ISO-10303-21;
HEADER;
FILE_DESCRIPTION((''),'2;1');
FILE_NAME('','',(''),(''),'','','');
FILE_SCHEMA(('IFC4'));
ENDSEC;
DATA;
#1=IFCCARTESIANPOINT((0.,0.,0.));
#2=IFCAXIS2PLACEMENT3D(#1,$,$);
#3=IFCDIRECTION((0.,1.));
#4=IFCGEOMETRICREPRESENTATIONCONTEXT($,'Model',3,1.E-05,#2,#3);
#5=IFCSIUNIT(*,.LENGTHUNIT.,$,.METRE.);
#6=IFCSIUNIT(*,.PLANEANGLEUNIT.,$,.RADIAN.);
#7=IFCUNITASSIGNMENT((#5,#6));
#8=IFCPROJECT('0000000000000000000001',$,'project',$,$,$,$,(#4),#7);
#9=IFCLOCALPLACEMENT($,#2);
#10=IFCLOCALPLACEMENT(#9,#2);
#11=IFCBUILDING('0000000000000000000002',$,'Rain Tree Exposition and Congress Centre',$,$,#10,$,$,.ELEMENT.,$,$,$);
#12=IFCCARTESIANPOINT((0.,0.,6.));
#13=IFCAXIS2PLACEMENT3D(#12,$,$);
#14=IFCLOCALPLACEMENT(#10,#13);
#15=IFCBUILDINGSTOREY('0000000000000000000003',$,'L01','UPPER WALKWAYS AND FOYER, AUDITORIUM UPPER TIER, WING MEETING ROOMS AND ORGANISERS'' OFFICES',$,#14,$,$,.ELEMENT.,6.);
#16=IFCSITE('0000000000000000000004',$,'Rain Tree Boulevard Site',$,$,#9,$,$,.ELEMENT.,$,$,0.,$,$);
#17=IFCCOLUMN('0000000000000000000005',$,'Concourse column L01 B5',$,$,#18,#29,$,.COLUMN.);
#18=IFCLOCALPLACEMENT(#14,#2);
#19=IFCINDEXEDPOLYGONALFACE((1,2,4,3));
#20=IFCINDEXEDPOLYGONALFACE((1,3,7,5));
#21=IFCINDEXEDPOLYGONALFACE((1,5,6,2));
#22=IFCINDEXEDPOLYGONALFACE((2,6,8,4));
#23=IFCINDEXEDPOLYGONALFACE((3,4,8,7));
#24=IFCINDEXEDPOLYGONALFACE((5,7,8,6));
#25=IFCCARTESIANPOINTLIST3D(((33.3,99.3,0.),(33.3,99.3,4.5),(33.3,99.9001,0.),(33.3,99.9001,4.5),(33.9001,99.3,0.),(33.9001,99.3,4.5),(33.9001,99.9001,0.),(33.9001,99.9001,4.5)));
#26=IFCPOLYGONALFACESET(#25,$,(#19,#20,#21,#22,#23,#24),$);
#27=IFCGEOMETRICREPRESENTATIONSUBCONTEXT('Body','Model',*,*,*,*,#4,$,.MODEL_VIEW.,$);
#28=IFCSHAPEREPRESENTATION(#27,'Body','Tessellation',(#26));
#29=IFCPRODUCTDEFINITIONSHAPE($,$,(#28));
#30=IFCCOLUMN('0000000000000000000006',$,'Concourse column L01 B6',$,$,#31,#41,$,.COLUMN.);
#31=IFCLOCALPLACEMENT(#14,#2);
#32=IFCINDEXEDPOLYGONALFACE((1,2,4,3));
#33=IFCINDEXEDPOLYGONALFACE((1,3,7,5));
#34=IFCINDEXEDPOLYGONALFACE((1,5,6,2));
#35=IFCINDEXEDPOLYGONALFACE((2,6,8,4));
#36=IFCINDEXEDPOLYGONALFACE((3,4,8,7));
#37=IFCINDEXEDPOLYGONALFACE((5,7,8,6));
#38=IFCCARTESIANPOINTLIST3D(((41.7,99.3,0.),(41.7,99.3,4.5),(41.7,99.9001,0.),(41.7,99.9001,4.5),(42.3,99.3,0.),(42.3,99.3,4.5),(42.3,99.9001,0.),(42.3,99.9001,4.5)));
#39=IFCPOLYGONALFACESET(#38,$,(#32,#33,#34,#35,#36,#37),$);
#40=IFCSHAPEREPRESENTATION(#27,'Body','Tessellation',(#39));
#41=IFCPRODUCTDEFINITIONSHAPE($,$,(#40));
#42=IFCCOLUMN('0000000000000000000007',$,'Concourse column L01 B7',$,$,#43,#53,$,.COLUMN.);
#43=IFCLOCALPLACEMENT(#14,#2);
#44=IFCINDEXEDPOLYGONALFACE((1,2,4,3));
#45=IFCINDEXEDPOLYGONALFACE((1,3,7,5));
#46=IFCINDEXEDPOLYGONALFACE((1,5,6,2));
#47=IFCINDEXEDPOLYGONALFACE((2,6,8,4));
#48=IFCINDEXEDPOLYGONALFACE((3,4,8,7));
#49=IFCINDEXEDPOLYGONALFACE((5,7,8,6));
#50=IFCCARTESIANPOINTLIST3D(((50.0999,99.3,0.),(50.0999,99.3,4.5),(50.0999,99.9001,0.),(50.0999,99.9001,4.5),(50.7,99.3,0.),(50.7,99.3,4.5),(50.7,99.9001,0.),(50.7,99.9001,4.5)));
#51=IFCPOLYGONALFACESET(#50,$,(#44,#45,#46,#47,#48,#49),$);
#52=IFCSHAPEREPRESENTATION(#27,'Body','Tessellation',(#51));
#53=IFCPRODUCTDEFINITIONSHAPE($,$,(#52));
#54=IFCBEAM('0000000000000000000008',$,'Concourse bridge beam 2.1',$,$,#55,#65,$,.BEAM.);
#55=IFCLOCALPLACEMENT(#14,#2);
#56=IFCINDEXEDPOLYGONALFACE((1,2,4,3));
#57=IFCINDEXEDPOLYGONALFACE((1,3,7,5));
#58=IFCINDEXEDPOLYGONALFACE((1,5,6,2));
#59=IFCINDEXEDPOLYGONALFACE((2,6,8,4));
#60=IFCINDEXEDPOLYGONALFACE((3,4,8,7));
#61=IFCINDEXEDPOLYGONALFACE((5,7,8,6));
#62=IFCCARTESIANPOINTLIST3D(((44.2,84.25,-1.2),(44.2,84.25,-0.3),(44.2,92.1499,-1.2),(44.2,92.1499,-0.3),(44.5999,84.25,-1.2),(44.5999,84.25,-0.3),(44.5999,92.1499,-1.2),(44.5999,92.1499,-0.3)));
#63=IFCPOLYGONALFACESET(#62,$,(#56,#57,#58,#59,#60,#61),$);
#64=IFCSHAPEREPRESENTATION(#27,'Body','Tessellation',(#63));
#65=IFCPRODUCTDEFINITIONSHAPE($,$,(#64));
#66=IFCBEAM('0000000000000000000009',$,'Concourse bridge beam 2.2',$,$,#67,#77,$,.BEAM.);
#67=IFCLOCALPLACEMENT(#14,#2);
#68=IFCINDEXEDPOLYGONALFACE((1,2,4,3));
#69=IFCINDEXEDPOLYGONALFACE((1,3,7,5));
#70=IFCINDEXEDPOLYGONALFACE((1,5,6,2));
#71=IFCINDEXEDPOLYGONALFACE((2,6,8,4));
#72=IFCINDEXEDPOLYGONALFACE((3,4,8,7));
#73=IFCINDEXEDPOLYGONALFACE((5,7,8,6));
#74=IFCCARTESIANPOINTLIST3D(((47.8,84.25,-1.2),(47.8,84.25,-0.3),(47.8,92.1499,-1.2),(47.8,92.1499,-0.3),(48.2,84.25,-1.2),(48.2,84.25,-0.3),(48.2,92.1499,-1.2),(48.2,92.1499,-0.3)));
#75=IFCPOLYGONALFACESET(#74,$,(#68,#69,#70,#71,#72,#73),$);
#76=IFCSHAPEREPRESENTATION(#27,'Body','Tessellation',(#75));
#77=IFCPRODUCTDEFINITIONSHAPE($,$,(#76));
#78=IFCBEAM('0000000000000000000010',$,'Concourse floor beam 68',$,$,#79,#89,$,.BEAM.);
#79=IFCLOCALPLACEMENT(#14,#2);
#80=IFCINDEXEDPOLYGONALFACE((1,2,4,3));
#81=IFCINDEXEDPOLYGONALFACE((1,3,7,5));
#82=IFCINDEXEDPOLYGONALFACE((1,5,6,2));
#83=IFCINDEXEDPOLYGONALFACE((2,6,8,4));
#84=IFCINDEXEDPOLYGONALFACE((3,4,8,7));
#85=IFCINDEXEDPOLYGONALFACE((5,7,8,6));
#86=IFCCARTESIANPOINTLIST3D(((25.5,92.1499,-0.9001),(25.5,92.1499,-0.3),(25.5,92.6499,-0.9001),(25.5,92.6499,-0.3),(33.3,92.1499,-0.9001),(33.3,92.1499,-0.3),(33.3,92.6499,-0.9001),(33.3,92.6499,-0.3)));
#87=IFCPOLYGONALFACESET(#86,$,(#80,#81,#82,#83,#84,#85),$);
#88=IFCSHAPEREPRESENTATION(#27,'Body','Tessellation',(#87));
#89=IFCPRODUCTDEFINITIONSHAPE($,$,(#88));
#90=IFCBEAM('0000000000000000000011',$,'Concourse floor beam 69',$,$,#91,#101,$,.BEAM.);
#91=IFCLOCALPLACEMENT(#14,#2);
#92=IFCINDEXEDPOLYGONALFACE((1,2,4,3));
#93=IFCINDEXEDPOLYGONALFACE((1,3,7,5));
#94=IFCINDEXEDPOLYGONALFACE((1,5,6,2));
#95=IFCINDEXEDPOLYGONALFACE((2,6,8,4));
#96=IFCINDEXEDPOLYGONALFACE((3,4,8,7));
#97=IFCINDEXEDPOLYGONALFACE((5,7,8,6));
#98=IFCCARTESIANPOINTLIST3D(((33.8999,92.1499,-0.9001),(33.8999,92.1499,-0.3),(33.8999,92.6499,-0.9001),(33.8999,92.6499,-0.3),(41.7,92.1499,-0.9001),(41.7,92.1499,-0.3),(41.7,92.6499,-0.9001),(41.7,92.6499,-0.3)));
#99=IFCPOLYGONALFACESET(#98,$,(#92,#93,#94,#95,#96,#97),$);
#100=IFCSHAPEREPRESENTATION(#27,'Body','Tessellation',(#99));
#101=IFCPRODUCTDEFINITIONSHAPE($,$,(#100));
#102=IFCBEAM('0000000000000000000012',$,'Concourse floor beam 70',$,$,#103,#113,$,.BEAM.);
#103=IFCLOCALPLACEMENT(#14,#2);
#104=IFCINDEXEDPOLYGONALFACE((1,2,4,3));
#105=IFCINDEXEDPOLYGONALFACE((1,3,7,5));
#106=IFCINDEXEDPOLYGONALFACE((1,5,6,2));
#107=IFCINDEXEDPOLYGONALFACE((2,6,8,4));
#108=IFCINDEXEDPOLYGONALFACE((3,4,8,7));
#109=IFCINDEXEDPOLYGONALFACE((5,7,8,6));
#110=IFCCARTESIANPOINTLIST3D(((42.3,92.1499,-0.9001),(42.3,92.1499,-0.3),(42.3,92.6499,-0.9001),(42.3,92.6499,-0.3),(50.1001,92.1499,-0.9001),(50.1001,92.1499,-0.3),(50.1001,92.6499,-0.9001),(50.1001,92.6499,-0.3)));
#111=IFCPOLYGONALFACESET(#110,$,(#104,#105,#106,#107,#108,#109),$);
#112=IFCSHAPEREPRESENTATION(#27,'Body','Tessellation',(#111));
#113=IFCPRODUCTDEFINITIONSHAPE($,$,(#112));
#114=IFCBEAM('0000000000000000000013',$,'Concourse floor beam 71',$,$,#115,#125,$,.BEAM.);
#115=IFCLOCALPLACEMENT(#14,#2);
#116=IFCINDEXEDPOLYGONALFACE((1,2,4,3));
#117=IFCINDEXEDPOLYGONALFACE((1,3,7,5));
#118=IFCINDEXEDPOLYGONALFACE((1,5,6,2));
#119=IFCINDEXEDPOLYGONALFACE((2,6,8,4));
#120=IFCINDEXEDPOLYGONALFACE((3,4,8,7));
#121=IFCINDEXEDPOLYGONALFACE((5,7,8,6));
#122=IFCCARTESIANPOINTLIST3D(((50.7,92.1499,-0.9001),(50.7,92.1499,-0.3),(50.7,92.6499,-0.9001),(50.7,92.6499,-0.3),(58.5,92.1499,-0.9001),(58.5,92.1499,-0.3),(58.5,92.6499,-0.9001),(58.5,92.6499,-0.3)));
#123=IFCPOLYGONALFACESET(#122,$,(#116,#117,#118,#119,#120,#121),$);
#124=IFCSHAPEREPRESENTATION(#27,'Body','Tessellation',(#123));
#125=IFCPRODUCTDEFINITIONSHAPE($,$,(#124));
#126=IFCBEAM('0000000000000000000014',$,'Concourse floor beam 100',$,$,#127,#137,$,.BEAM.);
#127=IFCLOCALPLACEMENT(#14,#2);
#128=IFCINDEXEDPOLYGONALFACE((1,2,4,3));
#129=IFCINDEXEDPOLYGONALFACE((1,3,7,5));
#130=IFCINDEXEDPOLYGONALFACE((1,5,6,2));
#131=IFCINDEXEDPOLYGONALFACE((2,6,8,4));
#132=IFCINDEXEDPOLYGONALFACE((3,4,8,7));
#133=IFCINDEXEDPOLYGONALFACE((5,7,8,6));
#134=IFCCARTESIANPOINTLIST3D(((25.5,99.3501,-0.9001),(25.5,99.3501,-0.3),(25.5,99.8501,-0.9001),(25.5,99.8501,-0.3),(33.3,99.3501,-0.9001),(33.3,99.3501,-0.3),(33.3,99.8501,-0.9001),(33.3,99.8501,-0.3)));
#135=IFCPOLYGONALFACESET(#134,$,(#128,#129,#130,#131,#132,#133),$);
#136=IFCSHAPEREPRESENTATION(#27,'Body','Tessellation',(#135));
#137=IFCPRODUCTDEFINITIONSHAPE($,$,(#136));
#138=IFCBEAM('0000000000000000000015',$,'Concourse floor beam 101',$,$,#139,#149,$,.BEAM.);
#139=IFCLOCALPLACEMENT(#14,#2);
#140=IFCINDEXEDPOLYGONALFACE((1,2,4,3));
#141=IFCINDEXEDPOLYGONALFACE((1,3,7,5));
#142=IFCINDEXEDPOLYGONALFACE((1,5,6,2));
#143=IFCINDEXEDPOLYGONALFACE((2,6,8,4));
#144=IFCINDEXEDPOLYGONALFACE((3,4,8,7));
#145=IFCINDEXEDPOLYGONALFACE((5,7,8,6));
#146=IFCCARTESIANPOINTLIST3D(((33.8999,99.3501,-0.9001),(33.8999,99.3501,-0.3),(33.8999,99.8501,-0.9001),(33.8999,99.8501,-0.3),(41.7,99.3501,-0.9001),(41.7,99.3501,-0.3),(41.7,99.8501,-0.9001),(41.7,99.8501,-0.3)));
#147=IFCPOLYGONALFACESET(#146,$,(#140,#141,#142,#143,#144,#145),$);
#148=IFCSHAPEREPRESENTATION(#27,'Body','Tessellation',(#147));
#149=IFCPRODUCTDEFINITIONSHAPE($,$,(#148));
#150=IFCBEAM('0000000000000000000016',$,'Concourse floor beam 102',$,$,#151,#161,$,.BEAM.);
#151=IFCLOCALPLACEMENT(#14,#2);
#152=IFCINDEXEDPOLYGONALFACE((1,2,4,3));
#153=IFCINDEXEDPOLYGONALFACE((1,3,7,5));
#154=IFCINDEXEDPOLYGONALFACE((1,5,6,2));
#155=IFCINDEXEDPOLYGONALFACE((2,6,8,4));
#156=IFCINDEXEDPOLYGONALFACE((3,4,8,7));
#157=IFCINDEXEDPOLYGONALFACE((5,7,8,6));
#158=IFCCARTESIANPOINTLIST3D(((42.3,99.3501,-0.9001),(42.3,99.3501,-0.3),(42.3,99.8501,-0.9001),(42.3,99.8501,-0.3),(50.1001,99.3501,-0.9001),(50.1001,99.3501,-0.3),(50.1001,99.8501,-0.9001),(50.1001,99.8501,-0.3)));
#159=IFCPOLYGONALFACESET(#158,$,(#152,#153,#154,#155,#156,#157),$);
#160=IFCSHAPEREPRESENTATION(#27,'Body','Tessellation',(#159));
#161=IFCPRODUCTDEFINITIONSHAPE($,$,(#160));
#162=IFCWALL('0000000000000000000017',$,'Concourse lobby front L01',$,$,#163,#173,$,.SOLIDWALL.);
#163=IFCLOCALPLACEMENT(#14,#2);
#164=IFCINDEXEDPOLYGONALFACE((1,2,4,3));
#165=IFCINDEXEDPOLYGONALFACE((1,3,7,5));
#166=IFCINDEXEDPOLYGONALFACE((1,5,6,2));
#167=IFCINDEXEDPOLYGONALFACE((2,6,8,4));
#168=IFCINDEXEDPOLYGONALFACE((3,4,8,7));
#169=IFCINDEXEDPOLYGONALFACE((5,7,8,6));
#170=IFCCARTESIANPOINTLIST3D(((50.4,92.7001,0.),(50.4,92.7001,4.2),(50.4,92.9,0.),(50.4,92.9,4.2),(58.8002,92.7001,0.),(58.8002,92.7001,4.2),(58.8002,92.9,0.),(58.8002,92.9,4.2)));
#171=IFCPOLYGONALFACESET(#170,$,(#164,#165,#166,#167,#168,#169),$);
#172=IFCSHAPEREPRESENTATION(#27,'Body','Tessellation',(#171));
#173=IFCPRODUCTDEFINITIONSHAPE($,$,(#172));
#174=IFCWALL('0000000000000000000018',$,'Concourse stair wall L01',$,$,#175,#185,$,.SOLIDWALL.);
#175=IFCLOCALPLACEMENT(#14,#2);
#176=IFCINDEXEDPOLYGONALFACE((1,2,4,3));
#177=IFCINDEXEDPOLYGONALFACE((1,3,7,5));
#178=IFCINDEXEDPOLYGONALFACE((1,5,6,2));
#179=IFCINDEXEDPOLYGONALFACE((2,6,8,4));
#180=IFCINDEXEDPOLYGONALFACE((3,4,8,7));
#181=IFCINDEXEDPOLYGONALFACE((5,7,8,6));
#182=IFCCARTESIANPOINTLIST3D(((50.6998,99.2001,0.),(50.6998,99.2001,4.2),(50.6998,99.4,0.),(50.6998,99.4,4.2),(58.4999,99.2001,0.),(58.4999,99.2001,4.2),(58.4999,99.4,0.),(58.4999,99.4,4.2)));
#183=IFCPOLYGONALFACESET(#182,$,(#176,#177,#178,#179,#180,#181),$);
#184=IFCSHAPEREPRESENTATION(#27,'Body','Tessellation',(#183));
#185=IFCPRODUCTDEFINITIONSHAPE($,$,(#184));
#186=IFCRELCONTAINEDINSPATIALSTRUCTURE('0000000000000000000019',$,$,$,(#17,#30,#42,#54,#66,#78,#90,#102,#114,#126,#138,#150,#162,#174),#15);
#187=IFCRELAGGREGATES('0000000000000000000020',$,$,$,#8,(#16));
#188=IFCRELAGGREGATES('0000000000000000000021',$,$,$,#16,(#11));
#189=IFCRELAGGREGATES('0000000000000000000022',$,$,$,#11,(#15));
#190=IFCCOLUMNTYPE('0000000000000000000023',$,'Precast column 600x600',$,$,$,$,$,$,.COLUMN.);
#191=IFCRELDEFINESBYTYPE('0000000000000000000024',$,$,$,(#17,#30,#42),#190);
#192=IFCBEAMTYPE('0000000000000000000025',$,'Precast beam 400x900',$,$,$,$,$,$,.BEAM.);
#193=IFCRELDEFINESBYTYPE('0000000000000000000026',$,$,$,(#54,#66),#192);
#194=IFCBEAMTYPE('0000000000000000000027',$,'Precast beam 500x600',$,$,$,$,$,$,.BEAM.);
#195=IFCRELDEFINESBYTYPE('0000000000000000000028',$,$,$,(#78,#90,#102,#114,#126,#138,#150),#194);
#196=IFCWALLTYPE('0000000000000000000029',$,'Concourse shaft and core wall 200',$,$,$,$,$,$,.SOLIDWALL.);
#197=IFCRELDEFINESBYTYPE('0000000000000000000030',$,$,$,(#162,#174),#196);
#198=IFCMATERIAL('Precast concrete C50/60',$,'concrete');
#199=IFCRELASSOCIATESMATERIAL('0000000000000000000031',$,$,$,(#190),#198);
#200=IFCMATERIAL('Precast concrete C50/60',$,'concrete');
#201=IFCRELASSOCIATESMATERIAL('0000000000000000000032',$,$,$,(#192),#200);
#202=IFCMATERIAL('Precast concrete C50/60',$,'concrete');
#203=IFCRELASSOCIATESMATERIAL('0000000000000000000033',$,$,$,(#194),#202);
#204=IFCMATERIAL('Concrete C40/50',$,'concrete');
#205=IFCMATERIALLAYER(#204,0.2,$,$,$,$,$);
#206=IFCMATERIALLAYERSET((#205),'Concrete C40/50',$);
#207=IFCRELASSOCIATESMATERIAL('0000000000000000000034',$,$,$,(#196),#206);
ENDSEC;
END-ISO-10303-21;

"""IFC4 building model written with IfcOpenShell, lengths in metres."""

from ifc_helpers import new_model, si_unit, direction, frame, frame_2d, origin, origin_2d, place, context, subcontext, project, spatial, rectangle, extrude, material, layer, layer_set, material_profile, profile_set, type_object, element, save


model = new_model("IFC4")

# Units and contexts
model_context = context("Model", 3, precision=1e-05, world=origin(), true_north=direction((0.0, 1.0)))
body_context = subcontext(model_context, "Body", "Model", "MODEL_VIEW")
ifc_project = project(units=[si_unit("LENGTHUNIT", "METRE"), si_unit("PLANEANGLEUNIT", "RADIAN")], contexts=[model_context])

# Site, building, storey
site_placement = place(None, origin())
site = spatial("IfcSite", under=ifc_project, at=site_placement, Name="Rain Tree Boulevard Site", CompositionType="ELEMENT", RefElevation=0.0)
building_placement = place(site_placement, origin())
building = spatial("IfcBuilding", under=site, at=building_placement, Name="Rain Tree Exposition and Congress Centre", CompositionType="ELEMENT")
storey_placement = place(building_placement, frame((0.0, 0.0, 6.0)))
storey = spatial("IfcBuildingStorey", under=building, at=storey_placement, Name="L01", Description="UPPER WALKWAYS AND FOYER, AUDITORIUM UPPER TIER, WING MEETING ROOMS AND ORGANISERS' OFFICES", CompositionType="ELEMENT", Elevation=6.0)

# Columns
ifc_material_1 = material(Name="Precast concrete C50/60", Category="concrete")
ifc_material_profile_1 = material_profile(ifc_material_1, rectangle(XDim=0.6001, YDim=0.6001, at=origin_2d()), Name="RC 600x600")
ifc_profile_set_1 = profile_set([ifc_material_profile_1], Name="Precast concrete C50/60")
column_type = type_object("IfcColumnType", Name="Precast column 600x600", PredefinedType="COLUMN", material=ifc_profile_set_1)
for number, where, z_axis, x_axis, name in (
    (1, (33.6001, 99.6001, 0.0), (0.0, 0.0, 1.0), (1.0, 0.0, 0.0), "Concourse column L01 B5"),
    (2, (42.0, 99.6001, 0.0), (0.0, 0.0, 1.0), (1.0, 0.0, 0.0), "Concourse column L01 B6"),
    (3, (50.3999, 99.6001, 0.0), (0.0, 0.0, 1.0), (1.0, 0.0, 0.0), "Concourse column L01 B7"),
):
    element("IfcColumn", number, at=place(storey_placement, frame(where, z_axis=z_axis, x_axis=x_axis)), inside=storey, type_object=column_type, Name=name, PredefinedType="COLUMN", context=body_context, shape_type="SweptSolid", body=[
        extrude(rectangle(XDim=0.6001, YDim=0.6001, at=origin_2d()), origin(), (0.0, 0.0, 1.0), 4.5),
    ])

# Beams
ifc_material_2 = material(Name="Precast concrete C50/60", Category="concrete")
ifc_material_profile_2 = material_profile(ifc_material_2, rectangle(XDim=0.3999, YDim=0.8999, at=origin_2d()), Name="RC 400x900")
ifc_profile_set_2 = profile_set([ifc_material_profile_2], Name="Precast concrete C50/60")
beam_type_1 = type_object("IfcBeamType", Name="Precast beam 400x900", PredefinedType="BEAM", material=ifc_profile_set_2)
for number, where, z_axis, x_axis, name in (
    (4, (44.3999, 84.25, -0.75), (0.0, 1.0, 0.0), (-1.0, 0.0, 0.0), "Concourse bridge beam 2.1"),
    (5, (48.0, 84.25, -0.75), (0.0, 1.0, 0.0), (-1.0, 0.0, 0.0), "Concourse bridge beam 2.2"),
):
    element("IfcBeam", number, at=place(storey_placement, frame(where, z_axis=z_axis, x_axis=x_axis)), inside=storey, type_object=beam_type_1, Name=name, PredefinedType="BEAM", context=body_context, shape_type="SweptSolid", body=[
        extrude(rectangle(XDim=0.3999, YDim=0.8999, at=origin_2d()), origin(), (0.0, 0.0, 1.0), 7.8999),
    ])
ifc_material_3 = material(Name="Precast concrete C50/60", Category="concrete")
ifc_material_profile_3 = material_profile(ifc_material_3, rectangle(XDim=0.5, YDim=0.6001, at=origin_2d()), Name="RC 500x600")
ifc_profile_set_3 = profile_set([ifc_material_profile_3], Name="Precast concrete C50/60")
beam_type_2 = type_object("IfcBeamType", Name="Precast beam 500x600", PredefinedType="BEAM", material=ifc_profile_set_3)
for number, where, z_axis, x_axis, name in (
    (6, (25.5, 92.3999, -0.6001), (1.0, 0.0, 0.0), (0.0, 1.0, 0.0), "Concourse floor beam 68"),
    (7, (33.8999, 92.3999, -0.6001), (1.0, 0.0, 0.0), (0.0, 1.0, 0.0), "Concourse floor beam 69"),
    (8, (42.3, 92.3999, -0.6001), (1.0, 0.0, 0.0), (0.0, 1.0, 0.0), "Concourse floor beam 70"),
    (9, (50.7, 92.3999, -0.6001), (1.0, 0.0, 0.0), (0.0, 1.0, 0.0), "Concourse floor beam 71"),
    (10, (25.5, 99.6001, -0.6001), (1.0, 0.0, 0.0), (0.0, 1.0, 0.0), "Concourse floor beam 100"),
    (11, (33.8999, 99.6001, -0.6001), (1.0, 0.0, 0.0), (0.0, 1.0, 0.0), "Concourse floor beam 101"),
    (12, (42.3, 99.6001, -0.6001), (1.0, 0.0, 0.0), (0.0, 1.0, 0.0), "Concourse floor beam 102"),
):
    element("IfcBeam", number, at=place(storey_placement, frame(where, z_axis=z_axis, x_axis=x_axis)), inside=storey, type_object=beam_type_2, Name=name, PredefinedType="BEAM", context=body_context, shape_type="SweptSolid", body=[
        extrude(rectangle(XDim=0.5, YDim=0.6001, at=origin_2d()), origin(), (0.0, 0.0, 1.0), 7.8),
    ])

# Walls
ifc_material_4 = material(Name="Concrete C40/50", Category="concrete")
ifc_layer = layer(ifc_material_4, 0.2)
ifc_layer_set = layer_set([ifc_layer], Name="Concrete C40/50")
wall_type = type_object("IfcWallType", Name="Concourse shaft and core wall 200", PredefinedType="SOLIDWALL", material=ifc_layer_set)
wall_1_placement = place(storey_placement, frame((50.3999, 92.8, 0.0), z_axis=(0.0, 0.0, 1.0), x_axis=(1.0, 0.0, 0.0)))
element("IfcWall", 13, at=wall_1_placement, inside=storey, type_object=wall_type, Name="Concourse lobby front L01", PredefinedType="SOLIDWALL", context=body_context, shape_type="SweptSolid", body=[
    extrude(rectangle(XDim=8.4001, YDim=0.2, at=frame_2d((4.2002, 0.0))), origin(), (0.0, 0.0, 1.0), 4.2),
])
wall_2_placement = place(storey_placement, frame((50.7, 99.3, 0.0), z_axis=(0.0, 0.0, 1.0), x_axis=(1.0, 0.0, 0.0)))
element("IfcWall", 14, at=wall_2_placement, inside=storey, type_object=wall_type, Name="Concourse stair wall L01", PredefinedType="SOLIDWALL", context=body_context, shape_type="SweptSolid", body=[
    extrude(rectangle(XDim=7.8, YDim=0.2, at=frame_2d((3.8999, 0.0))), origin(), (0.0, 0.0, 1.0), 4.2),
])

save(model, "model.ifc")
